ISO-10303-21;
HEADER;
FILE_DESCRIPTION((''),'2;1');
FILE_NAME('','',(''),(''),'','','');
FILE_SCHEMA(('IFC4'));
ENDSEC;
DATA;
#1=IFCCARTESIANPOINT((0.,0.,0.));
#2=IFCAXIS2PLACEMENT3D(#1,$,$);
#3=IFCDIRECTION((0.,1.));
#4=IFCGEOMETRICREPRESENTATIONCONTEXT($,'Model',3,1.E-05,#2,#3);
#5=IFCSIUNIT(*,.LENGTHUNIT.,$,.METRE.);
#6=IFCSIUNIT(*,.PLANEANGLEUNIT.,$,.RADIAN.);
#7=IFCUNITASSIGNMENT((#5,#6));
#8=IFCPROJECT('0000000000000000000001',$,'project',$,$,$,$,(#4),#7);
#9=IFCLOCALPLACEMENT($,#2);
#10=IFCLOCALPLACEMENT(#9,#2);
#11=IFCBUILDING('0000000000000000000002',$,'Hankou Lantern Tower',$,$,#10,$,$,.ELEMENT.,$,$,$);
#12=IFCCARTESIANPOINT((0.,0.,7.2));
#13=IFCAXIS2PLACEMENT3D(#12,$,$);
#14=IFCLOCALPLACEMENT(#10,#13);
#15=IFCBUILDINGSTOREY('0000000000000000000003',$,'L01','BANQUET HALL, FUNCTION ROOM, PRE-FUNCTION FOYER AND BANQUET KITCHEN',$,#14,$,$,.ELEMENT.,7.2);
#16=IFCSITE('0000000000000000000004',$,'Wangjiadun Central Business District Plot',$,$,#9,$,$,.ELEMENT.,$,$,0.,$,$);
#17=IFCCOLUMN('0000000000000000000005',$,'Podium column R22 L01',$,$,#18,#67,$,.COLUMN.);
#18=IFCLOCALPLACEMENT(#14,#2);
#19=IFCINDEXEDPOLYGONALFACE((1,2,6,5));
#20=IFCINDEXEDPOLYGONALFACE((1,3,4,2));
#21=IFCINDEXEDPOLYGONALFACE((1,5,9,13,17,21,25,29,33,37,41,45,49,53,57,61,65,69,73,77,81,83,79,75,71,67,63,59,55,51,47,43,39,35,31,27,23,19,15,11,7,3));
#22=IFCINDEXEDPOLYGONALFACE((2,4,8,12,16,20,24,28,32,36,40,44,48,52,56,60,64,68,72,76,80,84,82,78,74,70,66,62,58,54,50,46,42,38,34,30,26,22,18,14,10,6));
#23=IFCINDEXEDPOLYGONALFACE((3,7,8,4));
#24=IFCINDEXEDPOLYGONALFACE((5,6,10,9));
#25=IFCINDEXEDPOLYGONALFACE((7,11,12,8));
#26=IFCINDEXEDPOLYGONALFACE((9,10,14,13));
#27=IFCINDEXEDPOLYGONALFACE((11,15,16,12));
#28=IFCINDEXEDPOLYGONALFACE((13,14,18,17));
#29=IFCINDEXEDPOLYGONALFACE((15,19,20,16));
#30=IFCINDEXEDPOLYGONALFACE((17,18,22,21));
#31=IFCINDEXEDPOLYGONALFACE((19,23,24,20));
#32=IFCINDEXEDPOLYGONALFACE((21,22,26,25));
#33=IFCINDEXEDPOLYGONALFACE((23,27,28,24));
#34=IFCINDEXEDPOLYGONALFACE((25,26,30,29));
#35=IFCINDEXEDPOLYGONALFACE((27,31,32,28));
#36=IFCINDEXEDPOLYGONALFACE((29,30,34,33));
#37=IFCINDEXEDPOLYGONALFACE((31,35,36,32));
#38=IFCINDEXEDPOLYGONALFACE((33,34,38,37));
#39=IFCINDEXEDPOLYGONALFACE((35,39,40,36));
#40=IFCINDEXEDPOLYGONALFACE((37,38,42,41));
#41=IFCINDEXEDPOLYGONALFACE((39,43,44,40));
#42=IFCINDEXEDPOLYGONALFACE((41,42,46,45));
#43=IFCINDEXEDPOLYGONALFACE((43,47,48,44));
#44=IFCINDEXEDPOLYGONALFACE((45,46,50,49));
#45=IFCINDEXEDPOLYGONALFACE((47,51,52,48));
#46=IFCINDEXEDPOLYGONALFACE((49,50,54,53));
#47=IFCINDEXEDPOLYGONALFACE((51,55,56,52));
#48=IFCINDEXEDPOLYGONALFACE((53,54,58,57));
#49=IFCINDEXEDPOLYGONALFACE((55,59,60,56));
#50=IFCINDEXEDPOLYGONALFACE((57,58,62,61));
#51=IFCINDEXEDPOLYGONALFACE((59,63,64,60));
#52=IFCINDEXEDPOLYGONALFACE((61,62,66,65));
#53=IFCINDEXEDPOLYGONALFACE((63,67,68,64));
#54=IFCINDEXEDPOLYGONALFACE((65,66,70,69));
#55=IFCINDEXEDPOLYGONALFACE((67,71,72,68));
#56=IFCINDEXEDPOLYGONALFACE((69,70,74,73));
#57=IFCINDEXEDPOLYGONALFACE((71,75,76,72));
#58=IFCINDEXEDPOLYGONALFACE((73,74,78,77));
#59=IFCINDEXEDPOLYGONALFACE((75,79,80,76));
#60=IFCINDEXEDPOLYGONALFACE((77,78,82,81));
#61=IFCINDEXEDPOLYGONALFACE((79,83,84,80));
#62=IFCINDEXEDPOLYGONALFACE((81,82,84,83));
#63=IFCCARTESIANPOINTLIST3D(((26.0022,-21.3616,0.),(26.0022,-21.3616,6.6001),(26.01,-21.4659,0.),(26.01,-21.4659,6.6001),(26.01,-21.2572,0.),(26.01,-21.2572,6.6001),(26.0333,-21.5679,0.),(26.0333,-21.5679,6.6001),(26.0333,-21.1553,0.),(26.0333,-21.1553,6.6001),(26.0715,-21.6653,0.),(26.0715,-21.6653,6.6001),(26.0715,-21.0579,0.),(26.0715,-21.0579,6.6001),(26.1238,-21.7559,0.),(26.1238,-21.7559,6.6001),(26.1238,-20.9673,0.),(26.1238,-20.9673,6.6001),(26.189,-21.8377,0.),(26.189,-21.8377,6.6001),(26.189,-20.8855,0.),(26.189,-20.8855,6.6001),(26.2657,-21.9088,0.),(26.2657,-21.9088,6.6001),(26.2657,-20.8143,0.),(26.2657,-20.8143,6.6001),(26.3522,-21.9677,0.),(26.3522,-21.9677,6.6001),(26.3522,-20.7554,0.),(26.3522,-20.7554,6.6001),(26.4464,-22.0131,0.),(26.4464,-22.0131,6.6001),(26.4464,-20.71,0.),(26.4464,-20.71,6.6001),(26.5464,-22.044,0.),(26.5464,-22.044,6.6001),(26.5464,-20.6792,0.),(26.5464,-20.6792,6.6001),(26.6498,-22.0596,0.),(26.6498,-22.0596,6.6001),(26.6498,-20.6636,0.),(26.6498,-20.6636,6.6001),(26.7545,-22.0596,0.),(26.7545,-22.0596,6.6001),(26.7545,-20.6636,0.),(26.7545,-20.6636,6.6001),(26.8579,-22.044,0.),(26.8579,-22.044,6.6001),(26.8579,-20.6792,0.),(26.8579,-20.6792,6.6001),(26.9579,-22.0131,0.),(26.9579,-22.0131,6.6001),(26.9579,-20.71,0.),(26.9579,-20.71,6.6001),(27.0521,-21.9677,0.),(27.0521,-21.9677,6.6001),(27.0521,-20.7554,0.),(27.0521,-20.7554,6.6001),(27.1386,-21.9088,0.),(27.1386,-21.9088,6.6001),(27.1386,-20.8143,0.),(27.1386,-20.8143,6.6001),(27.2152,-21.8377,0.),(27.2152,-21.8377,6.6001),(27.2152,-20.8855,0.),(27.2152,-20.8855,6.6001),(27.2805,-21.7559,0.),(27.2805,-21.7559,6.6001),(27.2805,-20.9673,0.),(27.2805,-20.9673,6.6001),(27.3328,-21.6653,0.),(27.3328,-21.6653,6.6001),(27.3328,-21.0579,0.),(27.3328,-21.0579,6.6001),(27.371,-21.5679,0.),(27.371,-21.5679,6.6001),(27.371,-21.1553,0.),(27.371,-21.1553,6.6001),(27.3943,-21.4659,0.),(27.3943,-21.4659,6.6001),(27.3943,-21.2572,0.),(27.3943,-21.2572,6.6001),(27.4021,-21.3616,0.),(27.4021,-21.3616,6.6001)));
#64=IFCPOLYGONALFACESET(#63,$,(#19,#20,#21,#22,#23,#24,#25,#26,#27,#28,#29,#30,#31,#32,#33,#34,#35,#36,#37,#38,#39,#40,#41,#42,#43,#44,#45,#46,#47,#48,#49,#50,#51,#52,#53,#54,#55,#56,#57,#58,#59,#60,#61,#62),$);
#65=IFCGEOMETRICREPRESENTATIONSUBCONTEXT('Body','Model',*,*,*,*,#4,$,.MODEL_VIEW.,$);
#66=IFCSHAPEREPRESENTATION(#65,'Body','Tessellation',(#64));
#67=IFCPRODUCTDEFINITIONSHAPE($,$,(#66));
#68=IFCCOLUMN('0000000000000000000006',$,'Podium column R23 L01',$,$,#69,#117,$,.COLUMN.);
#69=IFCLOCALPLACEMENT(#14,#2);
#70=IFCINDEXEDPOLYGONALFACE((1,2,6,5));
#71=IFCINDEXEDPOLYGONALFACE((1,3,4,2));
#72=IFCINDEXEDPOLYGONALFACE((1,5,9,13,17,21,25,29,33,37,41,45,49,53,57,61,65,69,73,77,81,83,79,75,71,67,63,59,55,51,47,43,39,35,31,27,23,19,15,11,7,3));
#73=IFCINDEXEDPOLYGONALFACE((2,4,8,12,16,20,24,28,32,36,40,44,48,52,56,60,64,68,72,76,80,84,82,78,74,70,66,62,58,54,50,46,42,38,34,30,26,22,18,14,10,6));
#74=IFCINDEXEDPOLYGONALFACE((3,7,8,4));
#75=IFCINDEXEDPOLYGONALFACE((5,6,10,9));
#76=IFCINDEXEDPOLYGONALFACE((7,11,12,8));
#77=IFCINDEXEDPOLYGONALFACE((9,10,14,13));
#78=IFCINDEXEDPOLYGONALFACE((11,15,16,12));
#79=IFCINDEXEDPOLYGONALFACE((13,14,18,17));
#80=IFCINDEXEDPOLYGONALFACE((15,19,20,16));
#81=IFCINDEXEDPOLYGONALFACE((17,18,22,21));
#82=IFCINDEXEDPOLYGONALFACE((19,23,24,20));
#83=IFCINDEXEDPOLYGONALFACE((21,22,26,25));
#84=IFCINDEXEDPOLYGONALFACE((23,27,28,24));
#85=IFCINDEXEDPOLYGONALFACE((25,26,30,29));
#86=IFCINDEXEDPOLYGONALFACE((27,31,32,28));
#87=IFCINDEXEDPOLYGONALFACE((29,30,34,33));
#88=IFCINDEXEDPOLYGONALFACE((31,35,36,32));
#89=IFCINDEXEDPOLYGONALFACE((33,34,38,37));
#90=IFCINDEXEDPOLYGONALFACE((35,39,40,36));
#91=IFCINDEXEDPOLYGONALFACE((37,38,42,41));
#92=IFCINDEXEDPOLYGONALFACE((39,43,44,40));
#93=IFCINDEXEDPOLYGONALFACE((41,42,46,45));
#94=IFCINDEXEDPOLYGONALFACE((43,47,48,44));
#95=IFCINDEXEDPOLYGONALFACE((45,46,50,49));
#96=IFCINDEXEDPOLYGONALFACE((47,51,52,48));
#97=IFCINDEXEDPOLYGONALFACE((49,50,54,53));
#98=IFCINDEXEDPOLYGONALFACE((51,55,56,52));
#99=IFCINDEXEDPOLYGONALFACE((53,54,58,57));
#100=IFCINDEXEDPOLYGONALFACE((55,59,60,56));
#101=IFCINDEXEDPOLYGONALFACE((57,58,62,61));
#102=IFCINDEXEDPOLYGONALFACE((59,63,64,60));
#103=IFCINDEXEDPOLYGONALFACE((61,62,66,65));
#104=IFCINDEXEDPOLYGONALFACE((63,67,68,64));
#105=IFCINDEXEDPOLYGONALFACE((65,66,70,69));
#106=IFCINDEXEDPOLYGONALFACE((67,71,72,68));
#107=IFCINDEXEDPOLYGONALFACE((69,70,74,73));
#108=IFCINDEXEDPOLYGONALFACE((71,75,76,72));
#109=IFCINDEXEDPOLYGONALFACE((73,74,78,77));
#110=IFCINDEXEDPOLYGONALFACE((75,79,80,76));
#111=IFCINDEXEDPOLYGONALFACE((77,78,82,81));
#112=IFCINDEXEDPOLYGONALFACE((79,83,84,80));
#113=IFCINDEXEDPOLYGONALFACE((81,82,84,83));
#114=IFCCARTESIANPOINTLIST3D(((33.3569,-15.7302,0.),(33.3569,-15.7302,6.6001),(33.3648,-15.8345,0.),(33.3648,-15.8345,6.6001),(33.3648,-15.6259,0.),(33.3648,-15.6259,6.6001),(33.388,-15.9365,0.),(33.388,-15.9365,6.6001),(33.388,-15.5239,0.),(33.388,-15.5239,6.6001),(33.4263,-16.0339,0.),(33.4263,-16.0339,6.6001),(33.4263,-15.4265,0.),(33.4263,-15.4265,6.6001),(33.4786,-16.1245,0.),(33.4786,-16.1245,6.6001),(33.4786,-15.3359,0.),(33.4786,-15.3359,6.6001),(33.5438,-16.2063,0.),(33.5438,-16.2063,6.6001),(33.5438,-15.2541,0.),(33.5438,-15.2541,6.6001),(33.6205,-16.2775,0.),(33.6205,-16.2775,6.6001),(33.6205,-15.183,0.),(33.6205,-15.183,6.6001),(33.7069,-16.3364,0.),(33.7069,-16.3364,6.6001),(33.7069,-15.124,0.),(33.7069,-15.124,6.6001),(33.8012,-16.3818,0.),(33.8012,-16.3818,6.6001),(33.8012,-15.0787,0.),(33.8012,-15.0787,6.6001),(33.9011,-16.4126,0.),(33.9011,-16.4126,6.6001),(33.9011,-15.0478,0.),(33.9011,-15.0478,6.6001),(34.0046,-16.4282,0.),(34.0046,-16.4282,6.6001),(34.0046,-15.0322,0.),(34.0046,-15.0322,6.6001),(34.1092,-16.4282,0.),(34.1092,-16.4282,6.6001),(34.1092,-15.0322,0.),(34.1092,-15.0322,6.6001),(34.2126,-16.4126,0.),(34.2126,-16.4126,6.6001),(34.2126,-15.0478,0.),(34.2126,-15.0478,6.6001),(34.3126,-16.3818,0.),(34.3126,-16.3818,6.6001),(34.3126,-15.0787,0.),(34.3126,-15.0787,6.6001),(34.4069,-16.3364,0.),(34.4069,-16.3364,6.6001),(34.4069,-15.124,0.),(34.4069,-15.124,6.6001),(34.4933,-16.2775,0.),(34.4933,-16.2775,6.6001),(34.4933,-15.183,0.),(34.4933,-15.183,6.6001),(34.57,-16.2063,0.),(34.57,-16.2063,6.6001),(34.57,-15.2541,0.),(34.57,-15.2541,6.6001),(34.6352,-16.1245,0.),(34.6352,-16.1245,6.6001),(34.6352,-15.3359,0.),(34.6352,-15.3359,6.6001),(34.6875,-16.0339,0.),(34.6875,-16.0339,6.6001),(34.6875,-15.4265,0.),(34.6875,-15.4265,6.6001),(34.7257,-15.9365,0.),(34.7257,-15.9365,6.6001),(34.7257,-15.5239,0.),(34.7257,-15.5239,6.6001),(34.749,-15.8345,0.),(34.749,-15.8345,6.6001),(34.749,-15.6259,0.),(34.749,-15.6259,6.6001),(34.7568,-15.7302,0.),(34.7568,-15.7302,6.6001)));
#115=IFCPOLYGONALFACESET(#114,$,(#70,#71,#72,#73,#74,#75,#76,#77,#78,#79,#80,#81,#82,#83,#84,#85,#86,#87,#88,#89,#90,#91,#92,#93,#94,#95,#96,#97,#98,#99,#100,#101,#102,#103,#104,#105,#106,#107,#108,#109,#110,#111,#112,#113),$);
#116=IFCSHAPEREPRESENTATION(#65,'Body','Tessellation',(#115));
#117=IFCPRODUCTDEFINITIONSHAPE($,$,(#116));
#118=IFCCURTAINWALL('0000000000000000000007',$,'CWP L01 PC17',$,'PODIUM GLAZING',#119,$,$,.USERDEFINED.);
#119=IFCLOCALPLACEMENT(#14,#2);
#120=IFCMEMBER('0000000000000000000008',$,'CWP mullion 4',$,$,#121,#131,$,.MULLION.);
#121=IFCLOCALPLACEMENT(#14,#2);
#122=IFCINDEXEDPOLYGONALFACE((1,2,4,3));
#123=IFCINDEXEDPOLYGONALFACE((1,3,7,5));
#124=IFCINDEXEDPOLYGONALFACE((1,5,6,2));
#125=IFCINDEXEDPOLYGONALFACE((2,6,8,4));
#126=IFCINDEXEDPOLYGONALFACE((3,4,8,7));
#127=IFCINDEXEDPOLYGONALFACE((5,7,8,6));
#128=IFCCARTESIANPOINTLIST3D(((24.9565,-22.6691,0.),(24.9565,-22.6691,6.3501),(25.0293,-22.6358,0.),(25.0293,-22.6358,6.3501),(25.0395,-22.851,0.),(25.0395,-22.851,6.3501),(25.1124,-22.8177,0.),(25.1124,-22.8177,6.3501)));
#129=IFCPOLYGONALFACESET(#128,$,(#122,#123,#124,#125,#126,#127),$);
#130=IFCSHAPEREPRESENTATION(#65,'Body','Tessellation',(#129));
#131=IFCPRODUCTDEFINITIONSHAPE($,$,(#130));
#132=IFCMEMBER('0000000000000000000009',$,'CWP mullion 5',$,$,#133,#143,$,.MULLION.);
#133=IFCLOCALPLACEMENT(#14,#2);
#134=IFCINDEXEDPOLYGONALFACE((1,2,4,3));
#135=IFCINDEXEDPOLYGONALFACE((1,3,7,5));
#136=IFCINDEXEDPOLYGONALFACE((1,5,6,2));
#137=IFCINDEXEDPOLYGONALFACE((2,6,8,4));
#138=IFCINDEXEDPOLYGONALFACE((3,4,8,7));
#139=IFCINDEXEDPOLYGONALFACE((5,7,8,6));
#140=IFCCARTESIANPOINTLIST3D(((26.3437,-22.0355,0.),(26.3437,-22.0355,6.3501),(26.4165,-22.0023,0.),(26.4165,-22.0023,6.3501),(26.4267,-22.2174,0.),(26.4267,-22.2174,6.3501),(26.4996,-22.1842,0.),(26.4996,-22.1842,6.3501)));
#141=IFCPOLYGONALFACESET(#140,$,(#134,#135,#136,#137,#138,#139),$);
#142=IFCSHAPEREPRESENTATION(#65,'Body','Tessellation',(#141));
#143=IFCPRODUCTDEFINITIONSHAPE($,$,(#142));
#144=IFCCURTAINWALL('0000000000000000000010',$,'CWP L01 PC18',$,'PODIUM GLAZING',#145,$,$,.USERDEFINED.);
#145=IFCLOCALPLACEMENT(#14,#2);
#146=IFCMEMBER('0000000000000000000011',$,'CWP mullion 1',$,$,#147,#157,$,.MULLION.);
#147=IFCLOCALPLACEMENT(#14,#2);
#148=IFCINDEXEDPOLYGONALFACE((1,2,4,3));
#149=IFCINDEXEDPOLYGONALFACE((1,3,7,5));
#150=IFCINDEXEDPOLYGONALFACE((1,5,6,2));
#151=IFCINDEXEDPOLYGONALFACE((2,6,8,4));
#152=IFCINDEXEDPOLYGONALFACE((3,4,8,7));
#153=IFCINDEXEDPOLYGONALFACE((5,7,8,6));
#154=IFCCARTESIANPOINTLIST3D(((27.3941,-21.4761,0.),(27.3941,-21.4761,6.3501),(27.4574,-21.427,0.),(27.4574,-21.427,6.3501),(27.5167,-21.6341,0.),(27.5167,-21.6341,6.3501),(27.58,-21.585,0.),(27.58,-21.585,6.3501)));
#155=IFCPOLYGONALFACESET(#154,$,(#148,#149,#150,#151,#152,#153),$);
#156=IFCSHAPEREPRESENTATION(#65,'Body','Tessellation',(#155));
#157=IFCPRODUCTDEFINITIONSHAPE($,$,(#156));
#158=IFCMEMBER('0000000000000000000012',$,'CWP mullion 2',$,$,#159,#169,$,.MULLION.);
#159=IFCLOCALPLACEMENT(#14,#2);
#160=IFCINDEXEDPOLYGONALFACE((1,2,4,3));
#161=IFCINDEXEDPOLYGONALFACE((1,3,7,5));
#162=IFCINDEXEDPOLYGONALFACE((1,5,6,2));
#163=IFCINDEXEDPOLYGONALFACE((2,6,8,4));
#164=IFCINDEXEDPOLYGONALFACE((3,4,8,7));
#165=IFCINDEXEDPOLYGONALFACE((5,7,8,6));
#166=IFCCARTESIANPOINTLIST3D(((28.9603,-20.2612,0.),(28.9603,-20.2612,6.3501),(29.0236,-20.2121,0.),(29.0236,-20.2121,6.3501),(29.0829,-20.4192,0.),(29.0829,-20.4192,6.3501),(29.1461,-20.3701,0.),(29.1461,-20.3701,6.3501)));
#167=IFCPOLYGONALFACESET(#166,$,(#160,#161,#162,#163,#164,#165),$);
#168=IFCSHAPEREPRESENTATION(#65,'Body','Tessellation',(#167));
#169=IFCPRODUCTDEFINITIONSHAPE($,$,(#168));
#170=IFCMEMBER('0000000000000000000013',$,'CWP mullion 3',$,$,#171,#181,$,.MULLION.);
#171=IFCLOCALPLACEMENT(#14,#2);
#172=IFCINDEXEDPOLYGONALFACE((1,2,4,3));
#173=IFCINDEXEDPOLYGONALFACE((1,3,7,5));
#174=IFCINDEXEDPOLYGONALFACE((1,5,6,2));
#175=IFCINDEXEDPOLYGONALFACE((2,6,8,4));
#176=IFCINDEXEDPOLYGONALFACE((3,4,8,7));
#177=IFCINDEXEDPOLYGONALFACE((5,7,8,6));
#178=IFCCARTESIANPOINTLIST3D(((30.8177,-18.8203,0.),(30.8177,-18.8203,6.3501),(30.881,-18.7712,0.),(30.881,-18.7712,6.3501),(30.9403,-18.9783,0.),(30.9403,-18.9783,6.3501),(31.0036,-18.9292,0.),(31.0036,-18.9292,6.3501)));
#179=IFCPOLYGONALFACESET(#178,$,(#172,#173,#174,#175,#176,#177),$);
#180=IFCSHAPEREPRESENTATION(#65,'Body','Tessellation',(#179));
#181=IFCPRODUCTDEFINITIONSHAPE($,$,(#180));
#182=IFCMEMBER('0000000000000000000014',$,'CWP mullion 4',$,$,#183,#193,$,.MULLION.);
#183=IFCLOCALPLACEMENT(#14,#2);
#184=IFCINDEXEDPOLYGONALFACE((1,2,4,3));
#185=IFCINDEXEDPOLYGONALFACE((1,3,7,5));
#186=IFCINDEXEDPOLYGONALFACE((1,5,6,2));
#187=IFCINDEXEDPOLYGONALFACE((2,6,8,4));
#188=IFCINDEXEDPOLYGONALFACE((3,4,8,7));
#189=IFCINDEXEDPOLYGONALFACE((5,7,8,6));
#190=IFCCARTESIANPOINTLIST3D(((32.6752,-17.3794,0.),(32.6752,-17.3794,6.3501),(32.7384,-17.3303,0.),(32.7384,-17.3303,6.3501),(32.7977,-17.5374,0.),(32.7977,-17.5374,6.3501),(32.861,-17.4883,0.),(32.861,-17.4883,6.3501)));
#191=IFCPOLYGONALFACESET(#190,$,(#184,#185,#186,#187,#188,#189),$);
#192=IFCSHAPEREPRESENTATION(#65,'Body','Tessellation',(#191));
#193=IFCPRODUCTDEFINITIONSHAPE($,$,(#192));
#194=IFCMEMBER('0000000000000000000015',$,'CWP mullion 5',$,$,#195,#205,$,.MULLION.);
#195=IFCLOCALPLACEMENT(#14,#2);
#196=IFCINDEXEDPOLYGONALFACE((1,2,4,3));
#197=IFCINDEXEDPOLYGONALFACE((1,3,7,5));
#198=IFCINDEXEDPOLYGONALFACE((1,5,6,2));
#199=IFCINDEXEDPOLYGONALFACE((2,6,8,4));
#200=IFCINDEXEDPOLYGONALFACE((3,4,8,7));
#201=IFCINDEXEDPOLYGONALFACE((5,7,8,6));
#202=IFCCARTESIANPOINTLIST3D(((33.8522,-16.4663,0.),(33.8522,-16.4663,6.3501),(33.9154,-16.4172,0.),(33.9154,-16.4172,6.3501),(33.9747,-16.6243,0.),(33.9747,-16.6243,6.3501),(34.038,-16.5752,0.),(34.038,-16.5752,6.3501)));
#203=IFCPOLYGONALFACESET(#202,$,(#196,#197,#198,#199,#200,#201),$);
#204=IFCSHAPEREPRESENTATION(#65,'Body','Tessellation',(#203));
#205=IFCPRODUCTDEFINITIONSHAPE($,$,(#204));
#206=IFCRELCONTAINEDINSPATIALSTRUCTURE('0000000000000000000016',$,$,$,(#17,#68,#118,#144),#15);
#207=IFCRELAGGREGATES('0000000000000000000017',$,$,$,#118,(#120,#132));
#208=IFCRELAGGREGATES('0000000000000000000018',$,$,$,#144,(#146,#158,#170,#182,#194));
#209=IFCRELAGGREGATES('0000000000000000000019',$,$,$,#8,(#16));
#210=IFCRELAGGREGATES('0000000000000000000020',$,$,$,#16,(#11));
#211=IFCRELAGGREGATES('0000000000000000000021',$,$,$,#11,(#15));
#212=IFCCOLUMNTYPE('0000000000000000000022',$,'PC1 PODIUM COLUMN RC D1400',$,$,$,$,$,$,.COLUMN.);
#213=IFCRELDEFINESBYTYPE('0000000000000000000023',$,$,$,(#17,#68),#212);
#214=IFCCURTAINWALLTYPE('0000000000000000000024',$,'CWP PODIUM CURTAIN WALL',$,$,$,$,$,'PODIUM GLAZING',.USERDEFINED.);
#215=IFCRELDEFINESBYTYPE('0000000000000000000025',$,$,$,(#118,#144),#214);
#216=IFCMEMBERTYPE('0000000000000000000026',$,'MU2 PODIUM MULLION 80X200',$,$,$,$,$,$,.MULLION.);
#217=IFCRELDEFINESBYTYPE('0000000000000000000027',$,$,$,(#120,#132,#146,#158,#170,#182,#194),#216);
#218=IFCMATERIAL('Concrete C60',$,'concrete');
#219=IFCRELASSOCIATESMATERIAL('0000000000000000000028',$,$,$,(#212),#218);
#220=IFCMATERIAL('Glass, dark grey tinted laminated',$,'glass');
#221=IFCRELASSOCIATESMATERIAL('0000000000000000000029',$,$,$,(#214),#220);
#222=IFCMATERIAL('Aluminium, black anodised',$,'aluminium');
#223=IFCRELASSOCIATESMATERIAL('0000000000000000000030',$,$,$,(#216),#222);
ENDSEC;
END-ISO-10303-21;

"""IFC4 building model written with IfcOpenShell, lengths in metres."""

from ifc_helpers import new_model, si_unit, direction, frame, origin, origin_2d, place, context, subcontext, project, spatial, rectangle, circle, extrude, material, material_profile, profile_set, type_object, element, aggregate, save


model = new_model("IFC4")

# Units and contexts
model_context = context("Model", 3, precision=1e-05, world=origin(), true_north=direction((0.0, 1.0)))
body_context = subcontext(model_context, "Body", "Model", "MODEL_VIEW")
ifc_project = project(units=[si_unit("LENGTHUNIT", "METRE"), si_unit("PLANEANGLEUNIT", "RADIAN")], contexts=[model_context])

# Site, building, storey
site_placement = place(None, origin())
site = spatial("IfcSite", under=ifc_project, at=site_placement, Name="Wangjiadun Central Business District Plot", CompositionType="ELEMENT", RefElevation=0.0)
building_placement = place(site_placement, origin())
building = spatial("IfcBuilding", under=site, at=building_placement, Name="Hankou Lantern Tower", CompositionType="ELEMENT")
storey_placement = place(building_placement, frame((0.0, 0.0, 7.2)))
storey = spatial("IfcBuildingStorey", under=building, at=storey_placement, Name="L01", Description="BANQUET HALL, FUNCTION ROOM, PRE-FUNCTION FOYER AND BANQUET KITCHEN", CompositionType="ELEMENT", Elevation=7.2)

# Columns
ifc_material_1 = material(Name="Concrete C60", Category="concrete")
ifc_material_profile_1 = material_profile(ifc_material_1, circle(Radius=0.7, at=origin_2d()), Name="RC D1400")
ifc_profile_set_1 = profile_set([ifc_material_profile_1], Name="Concrete C60")
column_type = type_object("IfcColumnType", Name="PC1 PODIUM COLUMN RC D1400", PredefinedType="COLUMN", material=ifc_profile_set_1)
for number, where, z_axis, x_axis, name in (
    (1, (26.7021, -21.3616, 0.0), (0.0, 0.0, 1.0), (1.0, 0.0, 0.0), "Podium column R22 L01"),
    (2, (34.0569, -15.7302, 0.0), (0.0, 0.0, 1.0), (1.0, 0.0, 0.0), "Podium column R23 L01"),
):
    element("IfcColumn", number, at=place(storey_placement, frame(where, z_axis=z_axis, x_axis=x_axis)), inside=storey, type_object=column_type, Name=name, PredefinedType="COLUMN", context=body_context, shape_type="SweptSolid", body=[
        extrude(circle(Radius=0.7, at=origin_2d()), origin(), (0.0, 0.0, 1.0), 6.6001),
    ])

# Curtain walls, members
ifc_material_2 = material(Name="Glass, dark grey tinted laminated", Category="glass")
curtain_wall_type = type_object("IfcCurtainWallType", Name="CWP PODIUM CURTAIN WALL", ElementType="PODIUM GLAZING", PredefinedType="USERDEFINED", material=ifc_material_2)
curtain_wall_1_placement = place(storey_placement, origin())
curtain_wall_1 = element("IfcCurtainWall", 3, at=curtain_wall_1_placement, inside=storey, type_object=curtain_wall_type, Name="CWP L01 PC17", ObjectType="PODIUM GLAZING", PredefinedType="USERDEFINED")
ifc_material_3 = material(Name="Aluminium, black anodised", Category="aluminium")
ifc_material_profile_2 = material_profile(ifc_material_3, rectangle(XDim=0.0801, YDim=0.2, at=origin_2d()), Name="MU2 80X200")
ifc_profile_set_2 = profile_set([ifc_material_profile_2], Name="Aluminium, black anodised")
member_type_1 = type_object("IfcMemberType", Name="MU2 PODIUM MULLION 80X200", PredefinedType="MULLION", material=ifc_profile_set_2)
member_1_placement = place(storey_placement, frame((25.0344, -22.7434, 0.0), z_axis=(0.0, 0.0, 1.0), x_axis=(0.90967, 0.415332, 0.0)))
member_1 = element("IfcMember", 4, at=member_1_placement, type_object=member_type_1, Name="CWP mullion 4", PredefinedType="MULLION", context=body_context, shape_type="SweptSolid", body=[
    extrude(rectangle(XDim=0.0801, YDim=0.2, at=origin_2d()), origin(), (0.0, 0.0, 1.0), 6.3501),
])
member_2_placement = place(storey_placement, frame((26.4216, -22.1099, 0.0), z_axis=(0.0, 0.0, 1.0), x_axis=(0.90967, 0.415332, 0.0)))
member_2 = element("IfcMember", 5, at=member_2_placement, type_object=member_type_1, Name="CWP mullion 5", PredefinedType="MULLION", context=body_context, shape_type="SweptSolid", body=[
    extrude(rectangle(XDim=0.0801, YDim=0.2, at=origin_2d()), origin(), (0.0, 0.0, 1.0), 6.3501),
])
curtain_wall_2_placement = place(storey_placement, origin())
curtain_wall_2 = element("IfcCurtainWall", 6, at=curtain_wall_2_placement, inside=storey, type_object=curtain_wall_type, Name="CWP L01 PC18", ObjectType="PODIUM GLAZING", PredefinedType="USERDEFINED")
member_3_placement = place(storey_placement, frame((27.4871, -21.5305, 0.0), z_axis=(0.0, 0.0, 1.0), x_axis=(0.79013, 0.61294, 0.0)))
member_3 = element("IfcMember", 7, at=member_3_placement, type_object=member_type_1, Name="CWP mullion 1", PredefinedType="MULLION", context=body_context, shape_type="SweptSolid", body=[
    extrude(rectangle(XDim=0.0801, YDim=0.2, at=origin_2d()), origin(), (0.0, 0.0, 1.0), 6.3501),
])
member_4_placement = place(storey_placement, frame((29.0532, -20.3157, 0.0), z_axis=(0.0, 0.0, 1.0), x_axis=(0.79013, 0.61294, 0.0)))
member_4 = element("IfcMember", 8, at=member_4_placement, type_object=member_type_1, Name="CWP mullion 2", PredefinedType="MULLION", context=body_context, shape_type="SweptSolid", body=[
    extrude(rectangle(XDim=0.0801, YDim=0.2, at=origin_2d()), origin(), (0.0, 0.0, 1.0), 6.3501),
])
member_5_placement = place(storey_placement, frame((30.9106, -18.8748, 0.0), z_axis=(0.0, 0.0, 1.0), x_axis=(0.79013, 0.61294, 0.0)))
member_5 = element("IfcMember", 9, at=member_5_placement, type_object=member_type_1, Name="CWP mullion 3", PredefinedType="MULLION", context=body_context, shape_type="SweptSolid", body=[
    extrude(rectangle(XDim=0.0801, YDim=0.2, at=origin_2d()), origin(), (0.0, 0.0, 1.0), 6.3501),
])
member_6_placement = place(storey_placement, frame((32.7681, -17.4338, 0.0), z_axis=(0.0, 0.0, 1.0), x_axis=(0.79013, 0.61294, 0.0)))
member_6 = element("IfcMember", 10, at=member_6_placement, type_object=member_type_1, Name="CWP mullion 4", PredefinedType="MULLION", context=body_context, shape_type="SweptSolid", body=[
    extrude(rectangle(XDim=0.0801, YDim=0.2, at=origin_2d()), origin(), (0.0, 0.0, 1.0), 6.3501),
])
member_7_placement = place(storey_placement, frame((33.9451, -16.5208, 0.0), z_axis=(0.0, 0.0, 1.0), x_axis=(0.79013, 0.61294, 0.0)))
member_7 = element("IfcMember", 11, at=member_7_placement, type_object=member_type_1, Name="CWP mullion 5", PredefinedType="MULLION", context=body_context, shape_type="SweptSolid", body=[
    extrude(rectangle(XDim=0.0801, YDim=0.2, at=origin_2d()), origin(), (0.0, 0.0, 1.0), 6.3501),
])

aggregate(curtain_wall_1, [member_1, member_2])
aggregate(curtain_wall_2, [member_3, member_4, member_5, member_6, member_7])

save(model, "model.ifc")
